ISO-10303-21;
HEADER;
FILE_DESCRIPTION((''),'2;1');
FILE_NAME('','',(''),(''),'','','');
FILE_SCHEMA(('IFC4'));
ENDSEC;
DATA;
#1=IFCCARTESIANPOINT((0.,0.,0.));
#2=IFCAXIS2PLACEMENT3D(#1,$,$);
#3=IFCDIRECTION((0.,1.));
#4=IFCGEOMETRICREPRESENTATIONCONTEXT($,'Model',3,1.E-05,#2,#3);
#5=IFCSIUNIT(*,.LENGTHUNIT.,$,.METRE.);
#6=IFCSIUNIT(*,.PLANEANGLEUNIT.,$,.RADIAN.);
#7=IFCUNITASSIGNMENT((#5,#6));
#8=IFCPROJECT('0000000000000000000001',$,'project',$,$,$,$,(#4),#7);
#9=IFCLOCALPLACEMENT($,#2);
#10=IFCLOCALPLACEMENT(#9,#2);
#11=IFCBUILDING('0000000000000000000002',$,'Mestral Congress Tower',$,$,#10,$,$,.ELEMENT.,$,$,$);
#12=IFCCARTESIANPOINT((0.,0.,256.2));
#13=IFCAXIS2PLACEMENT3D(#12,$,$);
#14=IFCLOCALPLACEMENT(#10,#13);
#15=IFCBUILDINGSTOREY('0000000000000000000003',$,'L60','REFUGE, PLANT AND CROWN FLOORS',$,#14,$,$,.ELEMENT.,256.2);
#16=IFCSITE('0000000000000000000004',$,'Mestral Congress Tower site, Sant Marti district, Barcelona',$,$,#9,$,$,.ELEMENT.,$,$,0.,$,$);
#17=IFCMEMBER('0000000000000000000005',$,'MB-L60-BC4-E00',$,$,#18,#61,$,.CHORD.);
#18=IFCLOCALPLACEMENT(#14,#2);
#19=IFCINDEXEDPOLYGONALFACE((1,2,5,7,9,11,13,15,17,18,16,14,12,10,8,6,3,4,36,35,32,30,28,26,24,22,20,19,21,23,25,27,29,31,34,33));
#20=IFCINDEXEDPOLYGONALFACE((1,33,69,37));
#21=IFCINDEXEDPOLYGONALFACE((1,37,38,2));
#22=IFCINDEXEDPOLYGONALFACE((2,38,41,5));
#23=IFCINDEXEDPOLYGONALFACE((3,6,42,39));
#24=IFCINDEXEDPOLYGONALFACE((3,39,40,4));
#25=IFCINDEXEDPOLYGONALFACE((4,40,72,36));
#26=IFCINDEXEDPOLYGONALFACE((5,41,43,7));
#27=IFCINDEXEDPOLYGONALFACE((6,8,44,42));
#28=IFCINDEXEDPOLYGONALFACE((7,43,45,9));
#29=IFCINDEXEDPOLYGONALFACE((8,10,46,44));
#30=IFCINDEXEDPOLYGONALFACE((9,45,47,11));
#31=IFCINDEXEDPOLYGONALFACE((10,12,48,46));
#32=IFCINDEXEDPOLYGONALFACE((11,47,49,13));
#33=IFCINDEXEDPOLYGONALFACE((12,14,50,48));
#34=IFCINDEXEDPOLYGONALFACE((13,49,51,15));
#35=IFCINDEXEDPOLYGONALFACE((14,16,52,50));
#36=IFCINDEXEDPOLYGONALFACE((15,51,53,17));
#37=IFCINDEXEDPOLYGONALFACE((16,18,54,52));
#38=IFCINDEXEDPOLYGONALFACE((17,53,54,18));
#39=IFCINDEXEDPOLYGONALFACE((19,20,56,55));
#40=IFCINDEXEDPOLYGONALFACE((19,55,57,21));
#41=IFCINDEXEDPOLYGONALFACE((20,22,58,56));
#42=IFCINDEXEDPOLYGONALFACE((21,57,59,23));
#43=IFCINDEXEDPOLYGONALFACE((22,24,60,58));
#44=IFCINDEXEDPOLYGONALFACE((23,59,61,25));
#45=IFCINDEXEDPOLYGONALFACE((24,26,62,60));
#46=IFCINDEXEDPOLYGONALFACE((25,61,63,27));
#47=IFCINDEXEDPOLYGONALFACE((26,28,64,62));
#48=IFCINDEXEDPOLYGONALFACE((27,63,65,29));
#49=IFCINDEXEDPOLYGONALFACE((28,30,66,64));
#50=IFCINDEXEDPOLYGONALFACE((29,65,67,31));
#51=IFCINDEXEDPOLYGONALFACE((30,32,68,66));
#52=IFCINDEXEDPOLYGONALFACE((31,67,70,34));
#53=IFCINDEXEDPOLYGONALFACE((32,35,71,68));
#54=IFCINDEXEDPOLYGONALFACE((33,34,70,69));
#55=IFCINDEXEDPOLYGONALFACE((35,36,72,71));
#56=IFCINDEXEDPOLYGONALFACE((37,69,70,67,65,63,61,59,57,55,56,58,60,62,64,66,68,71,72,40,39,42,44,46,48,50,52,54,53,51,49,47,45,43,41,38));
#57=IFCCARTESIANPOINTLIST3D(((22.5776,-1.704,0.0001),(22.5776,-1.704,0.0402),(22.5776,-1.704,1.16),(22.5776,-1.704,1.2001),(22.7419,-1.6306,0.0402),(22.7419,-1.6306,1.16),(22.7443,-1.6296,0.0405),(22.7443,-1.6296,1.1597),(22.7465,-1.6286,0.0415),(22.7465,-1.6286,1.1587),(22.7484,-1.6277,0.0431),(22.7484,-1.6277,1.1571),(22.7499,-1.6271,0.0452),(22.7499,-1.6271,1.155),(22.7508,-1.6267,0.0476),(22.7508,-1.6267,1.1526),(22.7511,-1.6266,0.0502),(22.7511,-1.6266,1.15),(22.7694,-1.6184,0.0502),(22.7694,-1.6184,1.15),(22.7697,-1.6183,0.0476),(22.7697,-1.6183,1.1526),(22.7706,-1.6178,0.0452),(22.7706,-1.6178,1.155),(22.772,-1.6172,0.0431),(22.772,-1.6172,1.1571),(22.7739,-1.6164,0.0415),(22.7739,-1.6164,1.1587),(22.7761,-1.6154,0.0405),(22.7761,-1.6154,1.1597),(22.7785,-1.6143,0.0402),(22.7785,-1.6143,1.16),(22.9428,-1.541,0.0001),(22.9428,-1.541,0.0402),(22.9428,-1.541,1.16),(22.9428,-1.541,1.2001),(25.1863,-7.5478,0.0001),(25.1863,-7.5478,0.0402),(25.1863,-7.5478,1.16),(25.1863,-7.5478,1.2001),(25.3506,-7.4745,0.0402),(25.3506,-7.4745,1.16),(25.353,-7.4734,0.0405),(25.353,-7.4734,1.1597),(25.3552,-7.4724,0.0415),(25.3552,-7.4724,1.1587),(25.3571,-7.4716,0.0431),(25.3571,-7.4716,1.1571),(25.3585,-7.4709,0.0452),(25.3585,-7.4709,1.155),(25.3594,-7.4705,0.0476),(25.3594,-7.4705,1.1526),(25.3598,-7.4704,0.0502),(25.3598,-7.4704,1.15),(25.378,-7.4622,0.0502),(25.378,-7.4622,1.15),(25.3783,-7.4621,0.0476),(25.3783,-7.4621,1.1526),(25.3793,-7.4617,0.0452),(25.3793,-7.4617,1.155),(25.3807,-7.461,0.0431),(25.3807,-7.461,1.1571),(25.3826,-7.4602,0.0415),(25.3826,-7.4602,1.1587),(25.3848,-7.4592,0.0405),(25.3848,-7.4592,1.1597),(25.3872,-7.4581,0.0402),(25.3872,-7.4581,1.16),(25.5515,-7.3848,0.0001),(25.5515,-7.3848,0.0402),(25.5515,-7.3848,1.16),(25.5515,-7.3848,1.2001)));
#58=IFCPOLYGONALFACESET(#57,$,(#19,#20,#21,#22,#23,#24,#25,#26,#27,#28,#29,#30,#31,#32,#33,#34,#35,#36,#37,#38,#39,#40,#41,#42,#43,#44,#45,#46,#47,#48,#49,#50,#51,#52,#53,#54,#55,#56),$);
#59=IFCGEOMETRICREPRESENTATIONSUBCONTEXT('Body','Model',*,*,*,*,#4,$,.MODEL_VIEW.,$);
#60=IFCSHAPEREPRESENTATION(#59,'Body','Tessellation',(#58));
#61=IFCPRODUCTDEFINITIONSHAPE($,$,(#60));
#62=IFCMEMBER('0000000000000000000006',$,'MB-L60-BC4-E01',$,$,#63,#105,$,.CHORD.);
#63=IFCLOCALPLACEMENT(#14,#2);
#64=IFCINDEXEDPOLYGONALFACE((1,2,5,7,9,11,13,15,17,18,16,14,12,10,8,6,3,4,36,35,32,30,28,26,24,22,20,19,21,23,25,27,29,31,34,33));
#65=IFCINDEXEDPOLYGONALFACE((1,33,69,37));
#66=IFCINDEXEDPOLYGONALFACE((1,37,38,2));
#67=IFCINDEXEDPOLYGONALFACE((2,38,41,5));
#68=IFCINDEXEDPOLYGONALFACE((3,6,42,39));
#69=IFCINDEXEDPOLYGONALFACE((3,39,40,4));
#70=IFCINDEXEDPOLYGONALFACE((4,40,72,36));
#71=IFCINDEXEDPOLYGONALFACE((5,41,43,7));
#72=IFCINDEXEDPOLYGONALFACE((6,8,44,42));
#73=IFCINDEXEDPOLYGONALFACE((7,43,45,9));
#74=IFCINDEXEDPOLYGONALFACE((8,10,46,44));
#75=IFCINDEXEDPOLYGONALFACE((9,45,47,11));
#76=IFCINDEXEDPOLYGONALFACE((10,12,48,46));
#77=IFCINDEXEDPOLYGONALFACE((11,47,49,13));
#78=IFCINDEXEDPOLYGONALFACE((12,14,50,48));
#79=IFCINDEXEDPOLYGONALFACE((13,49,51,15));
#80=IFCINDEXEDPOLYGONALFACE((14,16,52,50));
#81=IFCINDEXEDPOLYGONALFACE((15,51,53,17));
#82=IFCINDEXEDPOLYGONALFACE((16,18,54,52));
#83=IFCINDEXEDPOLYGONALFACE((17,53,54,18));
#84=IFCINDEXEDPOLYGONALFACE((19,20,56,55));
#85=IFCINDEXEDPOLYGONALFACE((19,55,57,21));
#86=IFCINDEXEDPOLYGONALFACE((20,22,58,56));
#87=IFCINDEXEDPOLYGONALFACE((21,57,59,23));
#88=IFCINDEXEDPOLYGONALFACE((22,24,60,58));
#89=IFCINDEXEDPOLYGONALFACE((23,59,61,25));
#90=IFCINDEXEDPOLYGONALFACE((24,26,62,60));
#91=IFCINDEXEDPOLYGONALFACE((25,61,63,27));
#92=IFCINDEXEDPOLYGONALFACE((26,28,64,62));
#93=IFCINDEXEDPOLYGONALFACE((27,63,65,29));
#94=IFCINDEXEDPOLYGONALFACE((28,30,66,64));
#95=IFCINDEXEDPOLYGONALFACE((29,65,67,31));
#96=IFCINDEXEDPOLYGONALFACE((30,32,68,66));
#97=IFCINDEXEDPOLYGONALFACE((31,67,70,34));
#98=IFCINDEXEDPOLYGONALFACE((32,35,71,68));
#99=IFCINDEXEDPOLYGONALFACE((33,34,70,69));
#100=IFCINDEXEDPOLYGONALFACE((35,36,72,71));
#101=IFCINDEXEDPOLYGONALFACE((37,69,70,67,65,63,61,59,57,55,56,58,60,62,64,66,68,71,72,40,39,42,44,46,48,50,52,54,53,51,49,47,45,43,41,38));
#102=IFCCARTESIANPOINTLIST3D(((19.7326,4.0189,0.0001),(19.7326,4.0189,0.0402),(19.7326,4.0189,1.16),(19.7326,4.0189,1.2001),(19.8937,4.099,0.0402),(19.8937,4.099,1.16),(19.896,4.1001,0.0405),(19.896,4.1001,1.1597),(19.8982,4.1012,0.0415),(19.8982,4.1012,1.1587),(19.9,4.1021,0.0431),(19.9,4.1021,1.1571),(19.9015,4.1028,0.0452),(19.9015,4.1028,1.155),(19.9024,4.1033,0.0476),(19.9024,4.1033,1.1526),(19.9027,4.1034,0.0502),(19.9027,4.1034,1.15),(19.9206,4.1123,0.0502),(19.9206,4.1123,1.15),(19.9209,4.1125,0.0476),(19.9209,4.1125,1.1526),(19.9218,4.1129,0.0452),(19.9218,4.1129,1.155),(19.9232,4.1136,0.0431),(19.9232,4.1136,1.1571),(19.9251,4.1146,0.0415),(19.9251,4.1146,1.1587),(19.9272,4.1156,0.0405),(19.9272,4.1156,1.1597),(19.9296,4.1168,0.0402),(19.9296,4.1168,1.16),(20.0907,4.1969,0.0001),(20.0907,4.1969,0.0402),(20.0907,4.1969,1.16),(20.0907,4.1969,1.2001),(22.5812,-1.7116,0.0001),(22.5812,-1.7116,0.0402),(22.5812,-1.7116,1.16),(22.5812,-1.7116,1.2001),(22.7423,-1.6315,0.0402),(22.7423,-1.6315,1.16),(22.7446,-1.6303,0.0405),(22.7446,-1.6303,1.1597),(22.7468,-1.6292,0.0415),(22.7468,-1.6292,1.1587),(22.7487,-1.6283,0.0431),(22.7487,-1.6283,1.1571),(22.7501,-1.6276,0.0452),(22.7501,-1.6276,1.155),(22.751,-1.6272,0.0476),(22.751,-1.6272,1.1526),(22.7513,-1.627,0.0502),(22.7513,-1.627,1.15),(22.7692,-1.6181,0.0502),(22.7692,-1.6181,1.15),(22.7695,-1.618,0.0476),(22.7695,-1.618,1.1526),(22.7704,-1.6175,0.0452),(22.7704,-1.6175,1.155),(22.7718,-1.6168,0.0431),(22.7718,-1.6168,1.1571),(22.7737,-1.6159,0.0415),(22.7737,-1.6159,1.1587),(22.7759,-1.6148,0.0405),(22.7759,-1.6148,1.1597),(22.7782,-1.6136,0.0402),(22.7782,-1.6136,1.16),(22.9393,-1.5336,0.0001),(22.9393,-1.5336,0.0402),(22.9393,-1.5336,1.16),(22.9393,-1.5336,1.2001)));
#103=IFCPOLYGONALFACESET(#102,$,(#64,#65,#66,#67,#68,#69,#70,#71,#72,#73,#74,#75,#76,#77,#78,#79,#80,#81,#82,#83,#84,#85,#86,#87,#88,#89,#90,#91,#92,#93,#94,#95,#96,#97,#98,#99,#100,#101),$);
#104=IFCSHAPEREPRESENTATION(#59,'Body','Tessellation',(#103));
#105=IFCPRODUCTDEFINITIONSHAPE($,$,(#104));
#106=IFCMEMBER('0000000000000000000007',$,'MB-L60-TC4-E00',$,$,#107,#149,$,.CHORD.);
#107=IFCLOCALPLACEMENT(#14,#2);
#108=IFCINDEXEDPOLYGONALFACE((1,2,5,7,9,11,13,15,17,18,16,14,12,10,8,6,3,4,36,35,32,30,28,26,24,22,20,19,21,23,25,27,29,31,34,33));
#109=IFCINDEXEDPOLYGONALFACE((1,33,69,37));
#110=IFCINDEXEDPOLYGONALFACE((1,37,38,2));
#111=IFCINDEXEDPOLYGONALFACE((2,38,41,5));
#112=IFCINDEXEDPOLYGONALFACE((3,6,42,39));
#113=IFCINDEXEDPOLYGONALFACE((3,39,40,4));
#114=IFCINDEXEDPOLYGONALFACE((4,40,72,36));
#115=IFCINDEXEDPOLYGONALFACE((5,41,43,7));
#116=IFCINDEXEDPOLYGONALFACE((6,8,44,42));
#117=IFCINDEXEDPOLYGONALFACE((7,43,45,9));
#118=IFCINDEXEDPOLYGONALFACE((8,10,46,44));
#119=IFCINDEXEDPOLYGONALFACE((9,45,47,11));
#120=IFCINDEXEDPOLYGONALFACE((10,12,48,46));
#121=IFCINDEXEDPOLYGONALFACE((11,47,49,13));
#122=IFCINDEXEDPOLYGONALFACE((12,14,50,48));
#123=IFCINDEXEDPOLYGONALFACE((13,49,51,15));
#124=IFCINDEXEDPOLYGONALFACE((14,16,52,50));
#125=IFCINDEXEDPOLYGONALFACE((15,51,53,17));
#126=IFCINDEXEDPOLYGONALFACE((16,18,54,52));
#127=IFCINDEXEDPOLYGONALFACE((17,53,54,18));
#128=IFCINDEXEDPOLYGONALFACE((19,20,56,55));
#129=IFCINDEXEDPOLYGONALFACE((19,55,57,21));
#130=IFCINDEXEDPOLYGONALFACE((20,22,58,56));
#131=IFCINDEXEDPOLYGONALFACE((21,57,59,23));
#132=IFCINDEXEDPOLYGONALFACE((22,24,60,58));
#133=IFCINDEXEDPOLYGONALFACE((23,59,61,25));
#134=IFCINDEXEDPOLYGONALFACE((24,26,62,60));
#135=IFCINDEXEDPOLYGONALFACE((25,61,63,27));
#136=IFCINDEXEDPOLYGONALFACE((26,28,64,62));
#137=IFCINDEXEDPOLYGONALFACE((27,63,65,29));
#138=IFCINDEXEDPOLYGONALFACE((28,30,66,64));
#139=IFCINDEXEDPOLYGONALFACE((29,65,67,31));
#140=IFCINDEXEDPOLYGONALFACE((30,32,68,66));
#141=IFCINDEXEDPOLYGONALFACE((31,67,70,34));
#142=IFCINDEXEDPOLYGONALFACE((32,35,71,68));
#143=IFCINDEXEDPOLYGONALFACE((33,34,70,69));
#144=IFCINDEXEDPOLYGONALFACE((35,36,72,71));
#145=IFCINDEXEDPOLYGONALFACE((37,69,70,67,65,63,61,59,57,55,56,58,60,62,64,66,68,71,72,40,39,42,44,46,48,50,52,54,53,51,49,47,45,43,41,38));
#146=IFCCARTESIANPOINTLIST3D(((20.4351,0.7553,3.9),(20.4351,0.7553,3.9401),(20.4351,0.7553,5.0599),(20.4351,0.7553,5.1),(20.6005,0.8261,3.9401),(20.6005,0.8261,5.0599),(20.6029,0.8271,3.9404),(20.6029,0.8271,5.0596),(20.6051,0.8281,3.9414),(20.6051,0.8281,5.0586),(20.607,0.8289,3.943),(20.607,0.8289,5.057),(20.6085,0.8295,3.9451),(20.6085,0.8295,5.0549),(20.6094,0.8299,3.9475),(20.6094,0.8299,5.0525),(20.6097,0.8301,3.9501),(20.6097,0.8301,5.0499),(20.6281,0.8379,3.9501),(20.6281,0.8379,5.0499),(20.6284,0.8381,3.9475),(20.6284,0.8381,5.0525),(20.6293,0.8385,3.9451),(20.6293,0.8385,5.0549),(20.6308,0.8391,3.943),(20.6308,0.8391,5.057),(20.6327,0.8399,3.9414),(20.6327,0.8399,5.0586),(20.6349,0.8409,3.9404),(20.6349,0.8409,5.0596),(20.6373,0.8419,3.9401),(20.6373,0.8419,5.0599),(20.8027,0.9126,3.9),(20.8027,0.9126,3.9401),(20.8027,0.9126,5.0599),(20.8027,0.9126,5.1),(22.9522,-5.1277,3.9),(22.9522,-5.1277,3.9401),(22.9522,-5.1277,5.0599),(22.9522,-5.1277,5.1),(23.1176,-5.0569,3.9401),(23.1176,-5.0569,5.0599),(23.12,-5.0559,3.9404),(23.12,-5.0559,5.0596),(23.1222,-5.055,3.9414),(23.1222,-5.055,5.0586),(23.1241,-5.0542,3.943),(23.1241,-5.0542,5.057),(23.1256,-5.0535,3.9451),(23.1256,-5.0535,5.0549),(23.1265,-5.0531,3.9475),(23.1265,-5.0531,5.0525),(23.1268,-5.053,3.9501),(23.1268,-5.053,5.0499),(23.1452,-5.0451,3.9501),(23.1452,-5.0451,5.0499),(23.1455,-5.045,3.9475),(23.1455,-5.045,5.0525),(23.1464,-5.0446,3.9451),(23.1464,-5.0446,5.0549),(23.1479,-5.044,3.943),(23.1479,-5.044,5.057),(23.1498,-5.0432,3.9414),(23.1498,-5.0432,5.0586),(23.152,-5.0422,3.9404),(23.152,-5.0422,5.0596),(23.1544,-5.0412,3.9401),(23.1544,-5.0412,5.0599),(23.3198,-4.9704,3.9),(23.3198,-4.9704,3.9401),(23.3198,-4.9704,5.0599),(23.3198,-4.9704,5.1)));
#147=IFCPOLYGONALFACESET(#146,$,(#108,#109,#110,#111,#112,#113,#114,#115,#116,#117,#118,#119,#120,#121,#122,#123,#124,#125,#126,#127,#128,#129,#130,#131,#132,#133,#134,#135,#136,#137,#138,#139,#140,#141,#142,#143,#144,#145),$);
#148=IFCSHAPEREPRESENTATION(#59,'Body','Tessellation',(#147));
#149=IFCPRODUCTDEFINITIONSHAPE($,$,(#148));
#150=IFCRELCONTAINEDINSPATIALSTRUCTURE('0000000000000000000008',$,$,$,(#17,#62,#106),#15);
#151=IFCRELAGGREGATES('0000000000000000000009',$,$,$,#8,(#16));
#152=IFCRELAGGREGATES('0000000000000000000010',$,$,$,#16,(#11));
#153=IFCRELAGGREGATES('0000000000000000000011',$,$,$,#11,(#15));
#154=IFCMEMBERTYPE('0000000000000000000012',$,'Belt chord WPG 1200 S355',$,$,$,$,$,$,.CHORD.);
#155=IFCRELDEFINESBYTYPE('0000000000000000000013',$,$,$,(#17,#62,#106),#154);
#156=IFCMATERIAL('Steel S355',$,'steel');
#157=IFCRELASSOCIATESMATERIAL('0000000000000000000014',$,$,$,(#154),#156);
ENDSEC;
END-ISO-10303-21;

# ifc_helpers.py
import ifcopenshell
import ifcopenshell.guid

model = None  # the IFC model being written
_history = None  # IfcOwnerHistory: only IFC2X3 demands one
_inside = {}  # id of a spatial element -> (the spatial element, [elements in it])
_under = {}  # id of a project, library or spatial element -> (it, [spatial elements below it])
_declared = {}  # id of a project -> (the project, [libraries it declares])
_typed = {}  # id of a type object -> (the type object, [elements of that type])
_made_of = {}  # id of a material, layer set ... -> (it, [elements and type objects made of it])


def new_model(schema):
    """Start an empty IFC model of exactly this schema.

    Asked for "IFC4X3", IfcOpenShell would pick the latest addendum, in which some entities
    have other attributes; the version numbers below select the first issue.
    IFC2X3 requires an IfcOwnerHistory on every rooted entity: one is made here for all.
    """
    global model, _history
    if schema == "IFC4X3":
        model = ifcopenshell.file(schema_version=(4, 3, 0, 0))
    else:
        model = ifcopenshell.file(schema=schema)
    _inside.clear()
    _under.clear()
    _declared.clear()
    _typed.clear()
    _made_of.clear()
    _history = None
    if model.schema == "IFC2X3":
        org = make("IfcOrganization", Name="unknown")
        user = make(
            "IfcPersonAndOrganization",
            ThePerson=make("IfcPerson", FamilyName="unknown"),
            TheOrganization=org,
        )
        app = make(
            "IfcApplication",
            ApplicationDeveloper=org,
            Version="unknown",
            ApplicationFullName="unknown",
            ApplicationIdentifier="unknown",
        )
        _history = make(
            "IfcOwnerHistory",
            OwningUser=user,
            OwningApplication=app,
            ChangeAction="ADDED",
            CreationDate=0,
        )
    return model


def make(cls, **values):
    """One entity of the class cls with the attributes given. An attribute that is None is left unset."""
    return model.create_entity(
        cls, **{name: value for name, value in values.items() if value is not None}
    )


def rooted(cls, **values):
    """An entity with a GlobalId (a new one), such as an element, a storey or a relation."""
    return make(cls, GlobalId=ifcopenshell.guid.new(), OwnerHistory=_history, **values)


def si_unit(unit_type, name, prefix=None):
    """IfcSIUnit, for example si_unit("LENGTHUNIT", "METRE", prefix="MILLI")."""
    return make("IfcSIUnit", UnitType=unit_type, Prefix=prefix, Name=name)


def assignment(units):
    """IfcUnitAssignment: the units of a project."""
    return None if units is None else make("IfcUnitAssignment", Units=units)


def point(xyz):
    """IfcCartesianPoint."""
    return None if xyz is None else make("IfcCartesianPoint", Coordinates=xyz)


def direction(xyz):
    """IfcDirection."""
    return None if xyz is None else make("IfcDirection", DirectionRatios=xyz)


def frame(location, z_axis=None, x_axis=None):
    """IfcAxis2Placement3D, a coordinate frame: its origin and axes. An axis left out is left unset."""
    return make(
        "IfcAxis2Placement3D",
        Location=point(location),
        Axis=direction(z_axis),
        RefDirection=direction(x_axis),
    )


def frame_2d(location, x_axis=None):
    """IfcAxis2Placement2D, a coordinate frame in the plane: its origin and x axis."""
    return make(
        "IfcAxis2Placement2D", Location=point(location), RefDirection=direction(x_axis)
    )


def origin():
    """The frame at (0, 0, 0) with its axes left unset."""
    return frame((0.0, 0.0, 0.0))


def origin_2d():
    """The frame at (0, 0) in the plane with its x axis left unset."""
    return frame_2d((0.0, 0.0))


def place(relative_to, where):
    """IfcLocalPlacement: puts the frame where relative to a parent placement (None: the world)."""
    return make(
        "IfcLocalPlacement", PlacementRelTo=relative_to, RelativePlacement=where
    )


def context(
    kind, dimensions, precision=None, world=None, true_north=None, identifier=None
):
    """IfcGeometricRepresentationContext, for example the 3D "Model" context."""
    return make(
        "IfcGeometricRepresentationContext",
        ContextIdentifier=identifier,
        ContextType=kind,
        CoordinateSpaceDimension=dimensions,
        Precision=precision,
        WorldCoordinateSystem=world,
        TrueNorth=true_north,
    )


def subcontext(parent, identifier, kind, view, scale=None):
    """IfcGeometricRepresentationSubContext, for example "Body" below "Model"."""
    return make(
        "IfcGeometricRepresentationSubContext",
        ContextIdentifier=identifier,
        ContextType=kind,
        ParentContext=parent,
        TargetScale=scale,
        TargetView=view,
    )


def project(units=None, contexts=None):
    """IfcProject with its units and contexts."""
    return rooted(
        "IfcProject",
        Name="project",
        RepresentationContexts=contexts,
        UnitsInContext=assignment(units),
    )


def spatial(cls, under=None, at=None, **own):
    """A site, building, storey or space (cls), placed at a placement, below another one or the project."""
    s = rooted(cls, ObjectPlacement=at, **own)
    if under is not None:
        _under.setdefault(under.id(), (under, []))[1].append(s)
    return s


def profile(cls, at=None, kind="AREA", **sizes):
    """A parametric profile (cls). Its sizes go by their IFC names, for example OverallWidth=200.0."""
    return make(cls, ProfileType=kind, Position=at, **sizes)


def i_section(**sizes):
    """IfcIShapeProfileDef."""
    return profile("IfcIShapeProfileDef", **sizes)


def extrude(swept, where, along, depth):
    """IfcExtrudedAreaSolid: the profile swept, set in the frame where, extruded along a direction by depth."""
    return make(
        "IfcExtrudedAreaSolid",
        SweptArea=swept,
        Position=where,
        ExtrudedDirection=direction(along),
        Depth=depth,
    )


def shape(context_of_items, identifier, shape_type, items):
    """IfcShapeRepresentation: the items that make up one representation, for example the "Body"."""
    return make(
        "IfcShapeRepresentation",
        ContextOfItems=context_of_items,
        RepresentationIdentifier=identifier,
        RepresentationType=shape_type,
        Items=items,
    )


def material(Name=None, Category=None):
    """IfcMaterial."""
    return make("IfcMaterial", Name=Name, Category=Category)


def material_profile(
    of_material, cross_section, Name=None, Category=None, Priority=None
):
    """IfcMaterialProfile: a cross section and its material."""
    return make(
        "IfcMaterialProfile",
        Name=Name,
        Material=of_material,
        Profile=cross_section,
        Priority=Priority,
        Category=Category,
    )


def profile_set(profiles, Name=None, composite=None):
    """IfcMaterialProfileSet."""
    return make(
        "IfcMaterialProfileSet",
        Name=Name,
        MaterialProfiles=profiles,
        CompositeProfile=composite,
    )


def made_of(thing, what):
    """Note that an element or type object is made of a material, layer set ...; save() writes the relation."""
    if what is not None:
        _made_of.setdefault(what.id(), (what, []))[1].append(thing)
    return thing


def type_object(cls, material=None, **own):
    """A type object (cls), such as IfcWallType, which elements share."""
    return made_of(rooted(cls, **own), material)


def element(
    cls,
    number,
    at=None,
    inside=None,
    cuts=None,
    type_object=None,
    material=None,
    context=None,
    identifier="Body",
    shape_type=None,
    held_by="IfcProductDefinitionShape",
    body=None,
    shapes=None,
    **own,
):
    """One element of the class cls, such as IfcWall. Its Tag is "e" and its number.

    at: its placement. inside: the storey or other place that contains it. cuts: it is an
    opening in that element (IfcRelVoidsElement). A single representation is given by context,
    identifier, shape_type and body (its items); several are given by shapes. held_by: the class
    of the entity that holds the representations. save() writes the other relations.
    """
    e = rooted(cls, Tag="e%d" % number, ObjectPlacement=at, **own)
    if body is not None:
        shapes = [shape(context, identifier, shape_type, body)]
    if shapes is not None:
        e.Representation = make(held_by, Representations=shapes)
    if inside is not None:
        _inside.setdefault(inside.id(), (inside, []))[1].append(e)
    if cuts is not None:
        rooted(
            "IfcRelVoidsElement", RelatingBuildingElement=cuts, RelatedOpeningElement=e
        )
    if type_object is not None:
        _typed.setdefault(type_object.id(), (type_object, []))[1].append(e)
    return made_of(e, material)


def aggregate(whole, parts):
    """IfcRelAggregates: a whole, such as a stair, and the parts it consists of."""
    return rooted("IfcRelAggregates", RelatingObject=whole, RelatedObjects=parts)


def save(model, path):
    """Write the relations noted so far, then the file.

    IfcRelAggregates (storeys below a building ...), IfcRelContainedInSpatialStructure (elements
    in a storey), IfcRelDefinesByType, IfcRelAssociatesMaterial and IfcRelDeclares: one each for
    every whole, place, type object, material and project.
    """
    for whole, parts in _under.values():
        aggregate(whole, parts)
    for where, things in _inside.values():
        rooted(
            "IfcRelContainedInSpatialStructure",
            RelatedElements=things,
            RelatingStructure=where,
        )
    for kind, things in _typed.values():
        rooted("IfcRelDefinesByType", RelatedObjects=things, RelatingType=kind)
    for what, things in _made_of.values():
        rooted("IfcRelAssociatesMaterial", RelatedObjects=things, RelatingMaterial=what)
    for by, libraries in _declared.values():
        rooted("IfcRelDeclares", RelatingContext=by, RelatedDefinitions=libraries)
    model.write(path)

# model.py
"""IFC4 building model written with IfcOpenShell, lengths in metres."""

from ifc_helpers import new_model, si_unit, direction, frame, origin, origin_2d, place, context, subcontext, project, spatial, i_section, extrude, material, material_profile, profile_set, type_object, element, save


model = new_model("IFC4")

# Units and contexts
model_context = context("Model", 3, precision=1e-05, world=origin(), true_north=direction((0.0, 1.0)))
body_context = subcontext(model_context, "Body", "Model", "MODEL_VIEW")
ifc_project = project(units=[si_unit("LENGTHUNIT", "METRE"), si_unit("PLANEANGLEUNIT", "RADIAN")], contexts=[model_context])

# Site, building, storey
site_placement = place(None, origin())
site = spatial("IfcSite", under=ifc_project, at=site_placement, Name="Mestral Congress Tower site, Sant Marti district, Barcelona", CompositionType="ELEMENT", RefElevation=0.0)
building_placement = place(site_placement, origin())
building = spatial("IfcBuilding", under=site, at=building_placement, Name="Mestral Congress Tower", CompositionType="ELEMENT")
storey_placement = place(building_placement, frame((0.0, 0.0, 256.2)))
storey = spatial("IfcBuildingStorey", under=building, at=storey_placement, Name="L60", Description="REFUGE, PLANT AND CROWN FLOORS", CompositionType="ELEMENT", Elevation=256.2)

# Members
ifc_material_1 = material(Name="Steel S355", Category="steel")
ifc_material_profile_1 = material_profile(ifc_material_1, i_section(OverallWidth=0.3999, OverallDepth=1.2, WebThickness=0.02, FlangeThickness=0.04, FilletRadius=0.01, at=origin_2d()), Name="WPG 1200")
ifc_profile_set_1 = profile_set([ifc_material_profile_1], Name="Steel S355")
member_type_1 = type_object("IfcMemberType", Name="Belt chord WPG 1200 S355", PredefinedType="CHORD", material=ifc_profile_set_1)
member_1_placement = place(storey_placement, frame((25.3689, -7.4663, 0.6001), z_axis=(-0.407628, 0.913148, 0.0), x_axis=(-0.913148, -0.407628, 0.0)))
element("IfcMember", 1, at=member_1_placement, inside=storey, type_object=member_type_1, Name="MB-L60-BC4-E00", PredefinedType="CHORD", context=body_context, shape_type="SweptSolid", body=[
    extrude(i_section(OverallWidth=0.3999, OverallDepth=1.2, WebThickness=0.02, FlangeThickness=0.04, FilletRadius=0.01, at=origin_2d()), origin(), (0.0, 0.0, 1.0), 6.3997),
])
member_2_placement = place(storey_placement, frame((22.7603, -1.6226, 0.6001), z_axis=(-0.445137, 0.895462, 0.0), x_axis=(-0.895462, -0.445137, 0.0)))
element("IfcMember", 2, at=member_2_placement, inside=storey, type_object=member_type_1, Name="MB-L60-BC4-E01", PredefinedType="CHORD", context=body_context, shape_type="SweptSolid", body=[
    extrude(i_section(OverallWidth=0.3999, OverallDepth=1.2, WebThickness=0.02, FlangeThickness=0.04, FilletRadius=0.01, at=origin_2d()), origin(), (0.0, 0.0, 1.0), 6.3994),
])
member_3_placement = place(storey_placement, frame((23.136, -5.0491, 4.5), z_axis=(-0.393362, 0.919384, 0.0), x_axis=(-0.919384, -0.393362, 0.0)))
element("IfcMember", 3, at=member_3_placement, inside=storey, type_object=member_type_1, Name="MB-L60-TC4-E00", PredefinedType="CHORD", context=body_context, shape_type="SweptSolid", body=[
    extrude(i_section(OverallWidth=0.3999, OverallDepth=1.2, WebThickness=0.02, FlangeThickness=0.04, FilletRadius=0.01, at=origin_2d()), origin(), (0.0, 0.0, 1.0), 6.3989),
])

save(model, "model.ifc")
